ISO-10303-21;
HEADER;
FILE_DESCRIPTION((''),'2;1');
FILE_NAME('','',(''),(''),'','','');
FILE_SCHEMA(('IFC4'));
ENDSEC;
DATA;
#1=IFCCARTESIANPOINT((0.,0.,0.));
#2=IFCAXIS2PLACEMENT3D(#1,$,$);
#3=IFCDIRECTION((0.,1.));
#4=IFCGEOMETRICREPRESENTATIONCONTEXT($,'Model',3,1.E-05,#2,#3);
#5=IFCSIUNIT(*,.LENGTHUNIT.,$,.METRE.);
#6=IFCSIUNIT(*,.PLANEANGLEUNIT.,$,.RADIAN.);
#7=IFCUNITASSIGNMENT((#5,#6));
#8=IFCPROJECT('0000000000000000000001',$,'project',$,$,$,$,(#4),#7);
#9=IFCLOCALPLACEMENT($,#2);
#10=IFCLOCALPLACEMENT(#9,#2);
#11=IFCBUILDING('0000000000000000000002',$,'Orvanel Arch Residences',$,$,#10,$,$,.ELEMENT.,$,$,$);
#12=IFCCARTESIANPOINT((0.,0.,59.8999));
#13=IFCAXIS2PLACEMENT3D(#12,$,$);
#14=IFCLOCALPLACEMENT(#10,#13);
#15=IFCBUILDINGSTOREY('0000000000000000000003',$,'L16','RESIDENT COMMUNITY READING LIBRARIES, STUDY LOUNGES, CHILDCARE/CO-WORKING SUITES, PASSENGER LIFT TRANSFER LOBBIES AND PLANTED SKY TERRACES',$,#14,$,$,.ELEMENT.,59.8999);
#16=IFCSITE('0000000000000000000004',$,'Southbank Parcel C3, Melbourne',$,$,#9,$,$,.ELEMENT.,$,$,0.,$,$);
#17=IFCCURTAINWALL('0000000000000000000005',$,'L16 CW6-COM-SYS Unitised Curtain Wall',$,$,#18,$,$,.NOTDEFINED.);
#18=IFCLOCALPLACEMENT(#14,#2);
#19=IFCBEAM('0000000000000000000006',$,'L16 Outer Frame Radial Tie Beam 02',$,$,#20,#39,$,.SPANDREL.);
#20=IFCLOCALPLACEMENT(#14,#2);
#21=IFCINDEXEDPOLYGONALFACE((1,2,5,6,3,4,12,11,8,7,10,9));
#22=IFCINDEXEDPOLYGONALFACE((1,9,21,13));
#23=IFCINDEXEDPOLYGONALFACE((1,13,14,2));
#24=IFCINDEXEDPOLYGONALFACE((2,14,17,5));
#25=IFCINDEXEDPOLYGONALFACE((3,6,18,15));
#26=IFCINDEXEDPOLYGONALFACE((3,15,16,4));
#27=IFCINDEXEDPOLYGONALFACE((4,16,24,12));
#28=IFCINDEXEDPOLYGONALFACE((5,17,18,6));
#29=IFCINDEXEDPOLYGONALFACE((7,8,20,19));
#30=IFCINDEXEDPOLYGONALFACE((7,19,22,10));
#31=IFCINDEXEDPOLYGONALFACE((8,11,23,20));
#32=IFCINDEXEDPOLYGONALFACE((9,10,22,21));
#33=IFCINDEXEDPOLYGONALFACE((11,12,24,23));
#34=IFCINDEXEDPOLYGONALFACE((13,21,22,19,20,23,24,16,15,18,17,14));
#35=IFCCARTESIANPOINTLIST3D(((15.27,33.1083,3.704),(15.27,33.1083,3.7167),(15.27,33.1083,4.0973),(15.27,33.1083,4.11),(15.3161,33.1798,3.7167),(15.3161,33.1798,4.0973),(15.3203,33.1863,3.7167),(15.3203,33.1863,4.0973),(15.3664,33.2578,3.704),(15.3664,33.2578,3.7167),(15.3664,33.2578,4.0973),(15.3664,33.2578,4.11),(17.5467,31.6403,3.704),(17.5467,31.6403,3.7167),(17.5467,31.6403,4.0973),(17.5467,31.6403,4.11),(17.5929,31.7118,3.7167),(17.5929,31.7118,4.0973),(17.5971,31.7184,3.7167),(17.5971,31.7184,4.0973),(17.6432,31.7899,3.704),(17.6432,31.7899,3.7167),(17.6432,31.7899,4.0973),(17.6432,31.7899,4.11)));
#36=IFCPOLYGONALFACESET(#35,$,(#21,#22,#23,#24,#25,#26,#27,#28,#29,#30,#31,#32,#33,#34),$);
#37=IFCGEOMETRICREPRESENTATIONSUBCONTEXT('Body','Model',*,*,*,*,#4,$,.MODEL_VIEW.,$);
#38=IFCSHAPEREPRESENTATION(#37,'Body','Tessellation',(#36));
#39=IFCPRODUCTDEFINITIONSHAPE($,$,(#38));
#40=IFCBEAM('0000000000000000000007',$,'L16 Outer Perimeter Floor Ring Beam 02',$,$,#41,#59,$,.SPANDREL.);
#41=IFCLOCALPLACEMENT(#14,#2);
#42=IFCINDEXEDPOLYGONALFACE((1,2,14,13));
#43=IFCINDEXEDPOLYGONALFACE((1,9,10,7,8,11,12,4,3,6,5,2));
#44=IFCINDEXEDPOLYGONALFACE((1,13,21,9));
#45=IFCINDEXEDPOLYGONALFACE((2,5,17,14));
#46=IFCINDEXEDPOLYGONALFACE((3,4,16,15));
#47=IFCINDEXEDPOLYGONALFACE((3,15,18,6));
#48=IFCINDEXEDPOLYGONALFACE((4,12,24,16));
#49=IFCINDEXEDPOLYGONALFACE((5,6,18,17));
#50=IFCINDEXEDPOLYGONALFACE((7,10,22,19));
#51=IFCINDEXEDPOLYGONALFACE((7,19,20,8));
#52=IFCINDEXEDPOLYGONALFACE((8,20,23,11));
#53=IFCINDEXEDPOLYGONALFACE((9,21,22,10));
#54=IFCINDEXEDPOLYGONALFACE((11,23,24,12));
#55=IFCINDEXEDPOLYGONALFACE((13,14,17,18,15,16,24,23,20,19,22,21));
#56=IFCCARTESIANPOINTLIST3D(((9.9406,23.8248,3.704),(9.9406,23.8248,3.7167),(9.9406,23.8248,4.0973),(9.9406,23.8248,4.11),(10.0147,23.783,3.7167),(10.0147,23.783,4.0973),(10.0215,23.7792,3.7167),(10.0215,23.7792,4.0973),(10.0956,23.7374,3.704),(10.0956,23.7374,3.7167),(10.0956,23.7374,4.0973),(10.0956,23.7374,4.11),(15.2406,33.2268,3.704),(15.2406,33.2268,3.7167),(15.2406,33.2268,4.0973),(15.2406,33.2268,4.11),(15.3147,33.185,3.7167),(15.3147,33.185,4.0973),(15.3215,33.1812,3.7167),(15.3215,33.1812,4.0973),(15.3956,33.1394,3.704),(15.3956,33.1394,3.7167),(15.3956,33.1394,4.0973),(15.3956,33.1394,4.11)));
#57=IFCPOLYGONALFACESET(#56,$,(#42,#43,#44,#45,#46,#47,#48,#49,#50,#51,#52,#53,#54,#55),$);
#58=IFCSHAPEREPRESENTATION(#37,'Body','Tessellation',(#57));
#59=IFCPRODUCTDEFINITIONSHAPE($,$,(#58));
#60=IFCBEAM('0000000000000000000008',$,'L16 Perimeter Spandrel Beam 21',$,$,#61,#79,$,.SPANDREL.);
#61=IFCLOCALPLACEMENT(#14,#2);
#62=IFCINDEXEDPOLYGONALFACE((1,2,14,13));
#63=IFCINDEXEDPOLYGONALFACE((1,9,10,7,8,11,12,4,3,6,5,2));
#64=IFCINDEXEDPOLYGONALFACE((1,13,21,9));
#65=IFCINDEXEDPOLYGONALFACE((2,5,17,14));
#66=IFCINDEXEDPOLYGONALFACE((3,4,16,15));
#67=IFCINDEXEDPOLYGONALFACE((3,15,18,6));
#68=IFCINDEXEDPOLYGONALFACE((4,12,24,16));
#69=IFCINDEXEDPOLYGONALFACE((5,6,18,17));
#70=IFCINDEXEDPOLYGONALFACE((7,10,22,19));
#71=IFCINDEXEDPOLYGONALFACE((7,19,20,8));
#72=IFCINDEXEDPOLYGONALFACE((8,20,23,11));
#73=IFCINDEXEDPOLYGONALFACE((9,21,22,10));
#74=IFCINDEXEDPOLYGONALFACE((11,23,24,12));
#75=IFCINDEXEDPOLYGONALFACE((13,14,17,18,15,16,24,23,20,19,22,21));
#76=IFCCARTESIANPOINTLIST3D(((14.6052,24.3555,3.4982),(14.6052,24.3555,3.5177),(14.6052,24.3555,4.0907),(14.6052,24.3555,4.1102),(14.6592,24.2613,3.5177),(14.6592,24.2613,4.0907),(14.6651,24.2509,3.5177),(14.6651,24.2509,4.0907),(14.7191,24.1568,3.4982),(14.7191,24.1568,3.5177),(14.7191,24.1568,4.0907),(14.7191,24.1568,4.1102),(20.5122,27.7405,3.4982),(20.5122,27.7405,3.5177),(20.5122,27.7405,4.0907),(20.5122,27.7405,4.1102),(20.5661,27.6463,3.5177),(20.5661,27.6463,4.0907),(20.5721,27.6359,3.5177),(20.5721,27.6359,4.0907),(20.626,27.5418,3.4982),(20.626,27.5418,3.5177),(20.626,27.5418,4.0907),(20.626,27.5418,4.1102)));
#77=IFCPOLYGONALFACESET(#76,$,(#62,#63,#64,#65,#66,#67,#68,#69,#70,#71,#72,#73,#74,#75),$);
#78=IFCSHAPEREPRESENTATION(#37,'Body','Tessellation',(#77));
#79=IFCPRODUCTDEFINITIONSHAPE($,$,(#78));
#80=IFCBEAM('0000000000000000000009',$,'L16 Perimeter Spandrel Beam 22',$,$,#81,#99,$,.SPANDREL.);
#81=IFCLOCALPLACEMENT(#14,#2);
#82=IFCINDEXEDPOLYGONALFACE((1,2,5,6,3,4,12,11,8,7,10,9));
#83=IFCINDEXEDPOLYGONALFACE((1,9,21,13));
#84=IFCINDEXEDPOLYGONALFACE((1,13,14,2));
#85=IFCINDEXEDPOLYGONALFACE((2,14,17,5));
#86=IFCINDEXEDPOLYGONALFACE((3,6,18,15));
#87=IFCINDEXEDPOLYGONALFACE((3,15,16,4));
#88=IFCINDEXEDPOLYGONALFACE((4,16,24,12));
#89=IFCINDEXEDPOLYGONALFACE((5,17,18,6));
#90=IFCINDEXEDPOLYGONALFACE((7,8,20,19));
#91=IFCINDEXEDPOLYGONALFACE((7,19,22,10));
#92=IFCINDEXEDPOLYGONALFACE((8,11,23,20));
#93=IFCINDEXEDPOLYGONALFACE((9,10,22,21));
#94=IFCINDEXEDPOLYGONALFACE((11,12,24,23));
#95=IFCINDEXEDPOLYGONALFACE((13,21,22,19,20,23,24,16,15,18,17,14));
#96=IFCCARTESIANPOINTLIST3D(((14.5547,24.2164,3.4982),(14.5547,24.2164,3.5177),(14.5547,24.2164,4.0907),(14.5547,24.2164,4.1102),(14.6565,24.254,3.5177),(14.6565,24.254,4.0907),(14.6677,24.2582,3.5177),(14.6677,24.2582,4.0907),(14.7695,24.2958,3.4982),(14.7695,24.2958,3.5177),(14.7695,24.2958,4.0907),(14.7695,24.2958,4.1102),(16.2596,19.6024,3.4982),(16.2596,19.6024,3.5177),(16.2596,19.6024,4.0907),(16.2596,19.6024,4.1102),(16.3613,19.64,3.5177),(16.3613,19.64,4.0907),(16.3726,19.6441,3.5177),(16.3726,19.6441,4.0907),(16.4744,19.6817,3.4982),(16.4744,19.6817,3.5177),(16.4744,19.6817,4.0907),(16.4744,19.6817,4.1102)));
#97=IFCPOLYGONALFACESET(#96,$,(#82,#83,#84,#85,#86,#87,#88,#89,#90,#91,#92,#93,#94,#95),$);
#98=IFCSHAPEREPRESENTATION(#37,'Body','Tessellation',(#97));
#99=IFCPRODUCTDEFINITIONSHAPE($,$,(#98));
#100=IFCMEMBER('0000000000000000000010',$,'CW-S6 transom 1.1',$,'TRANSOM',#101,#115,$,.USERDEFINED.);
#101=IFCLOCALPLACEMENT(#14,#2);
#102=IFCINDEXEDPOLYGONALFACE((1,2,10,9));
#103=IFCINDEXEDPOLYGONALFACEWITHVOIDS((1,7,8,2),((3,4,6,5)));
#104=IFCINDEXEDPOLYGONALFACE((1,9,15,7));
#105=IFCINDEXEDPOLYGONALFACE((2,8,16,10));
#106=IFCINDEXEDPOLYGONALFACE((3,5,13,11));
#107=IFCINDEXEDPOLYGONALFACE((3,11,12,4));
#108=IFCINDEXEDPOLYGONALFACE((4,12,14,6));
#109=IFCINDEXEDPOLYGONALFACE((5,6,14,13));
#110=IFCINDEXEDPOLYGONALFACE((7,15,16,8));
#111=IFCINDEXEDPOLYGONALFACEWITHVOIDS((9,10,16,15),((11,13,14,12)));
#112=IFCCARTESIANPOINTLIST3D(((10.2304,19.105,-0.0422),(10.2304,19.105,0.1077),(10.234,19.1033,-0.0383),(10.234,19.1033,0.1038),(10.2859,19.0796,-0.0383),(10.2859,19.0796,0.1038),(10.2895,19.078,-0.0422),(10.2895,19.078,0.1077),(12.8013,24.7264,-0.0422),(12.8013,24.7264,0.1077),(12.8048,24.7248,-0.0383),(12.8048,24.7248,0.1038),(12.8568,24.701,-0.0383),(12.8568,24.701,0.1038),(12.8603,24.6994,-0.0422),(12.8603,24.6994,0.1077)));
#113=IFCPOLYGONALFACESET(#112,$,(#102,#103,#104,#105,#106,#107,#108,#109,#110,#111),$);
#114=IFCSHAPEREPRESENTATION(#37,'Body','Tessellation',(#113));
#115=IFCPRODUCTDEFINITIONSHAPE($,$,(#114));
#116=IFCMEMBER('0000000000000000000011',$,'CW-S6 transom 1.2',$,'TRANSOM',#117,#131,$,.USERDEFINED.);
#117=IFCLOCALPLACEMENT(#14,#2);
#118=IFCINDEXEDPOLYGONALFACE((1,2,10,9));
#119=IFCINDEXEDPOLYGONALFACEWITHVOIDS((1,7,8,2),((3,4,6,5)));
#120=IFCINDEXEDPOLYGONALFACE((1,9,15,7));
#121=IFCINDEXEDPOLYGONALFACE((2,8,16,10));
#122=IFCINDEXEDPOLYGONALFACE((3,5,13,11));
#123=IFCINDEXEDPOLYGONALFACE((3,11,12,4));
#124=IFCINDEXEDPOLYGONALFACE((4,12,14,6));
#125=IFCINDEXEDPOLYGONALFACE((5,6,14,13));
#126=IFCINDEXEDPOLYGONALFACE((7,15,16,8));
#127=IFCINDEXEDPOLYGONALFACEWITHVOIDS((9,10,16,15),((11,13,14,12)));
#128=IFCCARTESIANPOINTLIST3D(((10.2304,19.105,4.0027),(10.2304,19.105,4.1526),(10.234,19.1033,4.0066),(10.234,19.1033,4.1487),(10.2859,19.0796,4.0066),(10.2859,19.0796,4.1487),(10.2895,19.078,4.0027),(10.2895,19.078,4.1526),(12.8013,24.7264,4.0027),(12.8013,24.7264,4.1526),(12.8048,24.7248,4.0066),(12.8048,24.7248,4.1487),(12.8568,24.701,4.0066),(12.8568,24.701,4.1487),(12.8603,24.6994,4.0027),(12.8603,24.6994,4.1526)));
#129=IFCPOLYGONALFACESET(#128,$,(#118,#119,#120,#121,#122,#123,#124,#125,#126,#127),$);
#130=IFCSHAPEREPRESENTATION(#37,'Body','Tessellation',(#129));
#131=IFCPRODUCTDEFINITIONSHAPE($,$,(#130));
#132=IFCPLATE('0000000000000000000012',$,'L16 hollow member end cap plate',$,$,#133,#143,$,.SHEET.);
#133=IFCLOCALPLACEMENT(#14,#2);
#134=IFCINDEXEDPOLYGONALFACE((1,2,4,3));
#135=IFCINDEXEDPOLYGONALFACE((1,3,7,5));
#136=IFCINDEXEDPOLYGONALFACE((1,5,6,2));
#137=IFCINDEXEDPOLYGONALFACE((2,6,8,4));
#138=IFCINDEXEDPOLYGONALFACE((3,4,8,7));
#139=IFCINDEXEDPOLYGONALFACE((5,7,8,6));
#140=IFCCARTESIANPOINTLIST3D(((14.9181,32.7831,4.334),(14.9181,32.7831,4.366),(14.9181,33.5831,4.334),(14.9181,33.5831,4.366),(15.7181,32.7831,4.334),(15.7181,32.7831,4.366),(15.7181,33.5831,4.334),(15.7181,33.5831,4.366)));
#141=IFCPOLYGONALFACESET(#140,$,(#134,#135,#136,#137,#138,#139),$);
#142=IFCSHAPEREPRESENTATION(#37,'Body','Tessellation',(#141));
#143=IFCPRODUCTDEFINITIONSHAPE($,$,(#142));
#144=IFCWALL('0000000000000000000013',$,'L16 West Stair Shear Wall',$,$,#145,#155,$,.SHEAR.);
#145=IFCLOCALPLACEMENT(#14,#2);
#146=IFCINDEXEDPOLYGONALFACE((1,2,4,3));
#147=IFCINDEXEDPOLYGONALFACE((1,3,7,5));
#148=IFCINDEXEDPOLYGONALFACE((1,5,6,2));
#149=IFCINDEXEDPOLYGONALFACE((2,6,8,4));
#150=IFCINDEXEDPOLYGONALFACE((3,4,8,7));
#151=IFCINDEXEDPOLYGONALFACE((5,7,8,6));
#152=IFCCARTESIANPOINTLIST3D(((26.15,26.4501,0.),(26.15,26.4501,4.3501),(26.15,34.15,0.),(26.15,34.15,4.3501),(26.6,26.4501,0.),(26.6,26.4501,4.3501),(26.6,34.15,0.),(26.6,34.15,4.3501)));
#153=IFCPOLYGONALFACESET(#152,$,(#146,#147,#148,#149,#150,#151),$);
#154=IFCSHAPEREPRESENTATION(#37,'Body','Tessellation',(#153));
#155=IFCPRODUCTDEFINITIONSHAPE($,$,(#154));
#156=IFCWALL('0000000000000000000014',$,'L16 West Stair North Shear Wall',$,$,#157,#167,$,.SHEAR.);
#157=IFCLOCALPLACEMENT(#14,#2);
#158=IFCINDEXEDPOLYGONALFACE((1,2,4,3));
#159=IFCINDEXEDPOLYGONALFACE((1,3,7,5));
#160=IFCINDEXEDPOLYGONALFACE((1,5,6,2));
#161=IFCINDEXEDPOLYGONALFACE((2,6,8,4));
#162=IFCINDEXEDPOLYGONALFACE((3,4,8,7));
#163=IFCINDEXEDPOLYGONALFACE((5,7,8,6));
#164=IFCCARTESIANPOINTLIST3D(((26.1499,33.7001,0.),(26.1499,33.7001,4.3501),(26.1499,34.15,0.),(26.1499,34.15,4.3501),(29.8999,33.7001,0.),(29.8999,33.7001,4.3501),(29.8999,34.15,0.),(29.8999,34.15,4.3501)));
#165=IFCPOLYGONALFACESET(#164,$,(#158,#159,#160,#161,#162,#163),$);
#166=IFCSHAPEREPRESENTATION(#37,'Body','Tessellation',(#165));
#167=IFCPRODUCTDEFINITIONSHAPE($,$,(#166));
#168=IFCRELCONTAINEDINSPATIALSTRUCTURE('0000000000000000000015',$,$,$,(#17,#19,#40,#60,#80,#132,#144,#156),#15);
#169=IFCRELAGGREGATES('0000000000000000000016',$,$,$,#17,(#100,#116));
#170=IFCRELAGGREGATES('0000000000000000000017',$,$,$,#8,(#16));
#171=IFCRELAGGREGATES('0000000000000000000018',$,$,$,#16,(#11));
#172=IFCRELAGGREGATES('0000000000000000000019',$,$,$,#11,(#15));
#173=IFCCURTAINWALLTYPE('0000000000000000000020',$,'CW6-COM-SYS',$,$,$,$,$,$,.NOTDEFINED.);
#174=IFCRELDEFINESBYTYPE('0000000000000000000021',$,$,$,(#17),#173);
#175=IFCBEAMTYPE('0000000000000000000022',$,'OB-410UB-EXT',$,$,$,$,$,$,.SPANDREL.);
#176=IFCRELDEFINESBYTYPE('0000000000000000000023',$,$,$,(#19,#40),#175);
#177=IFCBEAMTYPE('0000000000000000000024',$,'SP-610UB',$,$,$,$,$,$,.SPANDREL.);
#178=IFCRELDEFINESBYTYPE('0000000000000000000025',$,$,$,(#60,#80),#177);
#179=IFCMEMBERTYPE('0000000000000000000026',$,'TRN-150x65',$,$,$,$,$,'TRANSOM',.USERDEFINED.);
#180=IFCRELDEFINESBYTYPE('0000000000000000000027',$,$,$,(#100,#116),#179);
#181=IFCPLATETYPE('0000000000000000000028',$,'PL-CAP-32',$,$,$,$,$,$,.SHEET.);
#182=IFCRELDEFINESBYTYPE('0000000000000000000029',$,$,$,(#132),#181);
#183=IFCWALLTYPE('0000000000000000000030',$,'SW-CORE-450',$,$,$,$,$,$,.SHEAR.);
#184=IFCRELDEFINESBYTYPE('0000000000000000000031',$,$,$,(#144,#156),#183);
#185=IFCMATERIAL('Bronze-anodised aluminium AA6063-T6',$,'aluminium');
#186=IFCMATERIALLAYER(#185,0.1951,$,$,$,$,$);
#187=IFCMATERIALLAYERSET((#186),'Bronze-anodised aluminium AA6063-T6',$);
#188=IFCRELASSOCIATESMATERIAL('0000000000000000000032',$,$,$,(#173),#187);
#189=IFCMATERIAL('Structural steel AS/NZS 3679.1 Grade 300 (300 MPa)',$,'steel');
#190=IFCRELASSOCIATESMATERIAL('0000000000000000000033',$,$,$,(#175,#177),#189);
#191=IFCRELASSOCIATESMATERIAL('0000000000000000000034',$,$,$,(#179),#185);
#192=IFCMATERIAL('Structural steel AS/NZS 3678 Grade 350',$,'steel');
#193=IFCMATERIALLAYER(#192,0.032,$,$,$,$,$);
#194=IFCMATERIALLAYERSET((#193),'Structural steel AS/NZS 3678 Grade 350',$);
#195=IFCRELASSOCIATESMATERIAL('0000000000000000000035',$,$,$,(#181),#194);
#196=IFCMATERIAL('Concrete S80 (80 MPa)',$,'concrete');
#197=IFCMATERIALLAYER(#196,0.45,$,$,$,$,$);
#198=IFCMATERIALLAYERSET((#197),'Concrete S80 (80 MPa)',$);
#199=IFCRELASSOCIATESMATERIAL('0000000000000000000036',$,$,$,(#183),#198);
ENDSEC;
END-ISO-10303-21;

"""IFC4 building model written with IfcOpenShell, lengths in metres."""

from ifc_helpers import new_model, si_unit, direction, frame, frame_2d, origin, origin_2d, place, context, subcontext, project, spatial, rectangle, hollow_rectangle, i_section, extrude, material, layer, layer_set, material_profile, profile_set, type_object, element, aggregate, save


model = new_model("IFC4")

# Units and contexts
model_context = context("Model", 3, precision=1e-05, world=origin(), true_north=direction((0.0, 1.0)))
body_context = subcontext(model_context, "Body", "Model", "MODEL_VIEW")
ifc_project = project(units=[si_unit("LENGTHUNIT", "METRE"), si_unit("PLANEANGLEUNIT", "RADIAN")], contexts=[model_context])

# Site, building, storey
site_placement = place(None, origin())
site = spatial("IfcSite", under=ifc_project, at=site_placement, Name="Southbank Parcel C3, Melbourne", CompositionType="ELEMENT", RefElevation=0.0)
building_placement = place(site_placement, origin())
building = spatial("IfcBuilding", under=site, at=building_placement, Name="Orvanel Arch Residences", CompositionType="ELEMENT")
storey_placement = place(building_placement, frame((0.0, 0.0, 59.8999)))
storey = spatial("IfcBuildingStorey", under=building, at=storey_placement, Name="L16", Description="RESIDENT COMMUNITY READING LIBRARIES, STUDY LOUNGES, CHILDCARE/CO-WORKING SUITES, PASSENGER LIFT TRANSFER LOBBIES AND PLANTED SKY TERRACES", CompositionType="ELEMENT", Elevation=59.8999)

# Shared definitions
ifc_material_1 = material(Name="Structural steel AS/NZS 3679.1 Grade 300 (300 MPa)", Category="steel")

# Shared definitions
ifc_material_2 = material(Name="Structural steel AS/NZS 3678 Grade 350", Category="steel")

# Curtain wall
ifc_material_3 = material(Name="Bronze-anodised aluminium AA6063-T6", Category="aluminium")
ifc_layer_1 = layer(ifc_material_3, 0.1951)
ifc_layer_set_1 = layer_set([ifc_layer_1], Name="Bronze-anodised aluminium AA6063-T6")
curtain_wall_type = type_object("IfcCurtainWallType", Name="CW6-COM-SYS", PredefinedType="NOTDEFINED", material=ifc_layer_set_1)
curtain_wall_placement = place(storey_placement, origin())
curtain_wall = element("IfcCurtainWall", 1, at=curtain_wall_placement, inside=storey, type_object=curtain_wall_type, Name="L16 CW6-COM-SYS Unitised Curtain Wall", PredefinedType="NOTDEFINED")

# Beams
ifc_material_profile_1 = material_profile(ifc_material_1, i_section(OverallWidth=0.178, OverallDepth=0.406, WebThickness=0.0078, FlangeThickness=0.0127, at=origin_2d()), Name="410UB59.7")
ifc_profile_set_1 = profile_set([ifc_material_profile_1], Name="Structural steel AS/NZS 3679.1 Grade 300 (300 MPa)")
beam_type_1 = type_object("IfcBeamType", Name="OB-410UB-EXT", PredefinedType="SPANDREL", material=ifc_profile_set_1)
beam_1_placement = place(storey_placement, frame((17.595, 31.7151, 3.907), z_axis=(-0.840452, 0.541887, 0.0), x_axis=(-0.541887, -0.840452, 0.0)))
element("IfcBeam", 2, at=beam_1_placement, inside=storey, type_object=beam_type_1, Name="L16 Outer Frame Radial Tie Beam 02", PredefinedType="SPANDREL", context=body_context, shape_type="SweptSolid", body=[
    extrude(i_section(OverallWidth=0.178, OverallDepth=0.406, WebThickness=0.0078, FlangeThickness=0.0127, at=origin_2d()), origin(), (0.0, 0.0, 1.0), 2.709),
])
beam_2_placement = place(storey_placement, frame((15.3181, 33.1831, 3.907), z_axis=(-0.491061, -0.871125, 0.0), x_axis=(0.871125, -0.491061, 0.0)))
element("IfcBeam", 3, at=beam_2_placement, inside=storey, type_object=beam_type_1, Name="L16 Outer Perimeter Floor Ring Beam 02", PredefinedType="SPANDREL", context=body_context, shape_type="SweptSolid", body=[
    extrude(i_section(OverallWidth=0.178, OverallDepth=0.406, WebThickness=0.0078, FlangeThickness=0.0127, at=origin_2d()), origin(), (0.0, 0.0, 1.0), 10.793),
])
ifc_material_profile_2 = material_profile(ifc_material_1, i_section(OverallWidth=0.229, OverallDepth=0.6121, WebThickness=0.012, FlangeThickness=0.0195, at=origin_2d()), Name="610UB125")
ifc_profile_set_2 = profile_set([ifc_material_profile_2], Name="Structural steel AS/NZS 3679.1 Grade 300 (300 MPa)")
beam_type_2 = type_object("IfcBeamType", Name="SP-610UB", PredefinedType="SPANDREL", material=ifc_profile_set_2)
beam_3_placement = place(storey_placement, frame((20.5691, 27.6411, 3.8042), z_axis=(-0.867636, -0.497201, 0.0), x_axis=(0.497201, -0.867636, 0.0)))
element("IfcBeam", 4, at=beam_3_placement, inside=storey, type_object=beam_type_2, Name="L16 Perimeter Spandrel Beam 21", PredefinedType="SPANDREL", context=body_context, shape_type="SweptSolid", body=[
    extrude(i_section(OverallWidth=0.229, OverallDepth=0.6121, WebThickness=0.012, FlangeThickness=0.0195, at=origin_2d()), origin(), (0.0, 0.0, 1.0), 6.8081),
])
beam_4_placement = place(storey_placement, frame((14.6621, 24.2561, 3.8042), z_axis=(0.346588, -0.938017, 0.0), x_axis=(0.938017, 0.346588, 0.0)))
element("IfcBeam", 5, at=beam_4_placement, inside=storey, type_object=beam_type_2, Name="L16 Perimeter Spandrel Beam 22", PredefinedType="SPANDREL", context=body_context, shape_type="SweptSolid", body=[
    extrude(i_section(OverallWidth=0.229, OverallDepth=0.6121, WebThickness=0.012, FlangeThickness=0.0195, at=origin_2d()), origin(), (0.0, 0.0, 1.0), 4.9189),
])

# Members
ifc_material_profile_3 = material_profile(ifc_material_3, hollow_rectangle(XDim=0.0649, YDim=0.1499, WallThickness=0.0039, at=origin_2d()), Name="ALU150x65x4")
ifc_profile_set_3 = profile_set([ifc_material_profile_3], Name="Bronze-anodised aluminium AA6063-T6")
member_type_1 = type_object("IfcMemberType", Name="TRN-150x65", ElementType="TRANSOM", PredefinedType="USERDEFINED", material=ifc_profile_set_3)
member_1_placement = place(storey_placement, frame((12.8308, 24.7129, 0.0327), z_axis=(-0.4159, -0.90941, 0.0), x_axis=(0.90941, -0.4159, 0.0)))
member_1 = element("IfcMember", 6, at=member_1_placement, type_object=member_type_1, Name="CW-S6 transom 1.1", ObjectType="TRANSOM", PredefinedType="USERDEFINED", context=body_context, shape_type="SweptSolid", body=[
    extrude(hollow_rectangle(XDim=0.0649, YDim=0.1499, WallThickness=0.0039, at=origin_2d()), origin(), (0.0, 0.0, 1.0), 6.1814),
])
member_2_placement = place(storey_placement, frame((12.8308, 24.7129, 4.0776), z_axis=(-0.4159, -0.90941, 0.0), x_axis=(0.90941, -0.4159, 0.0)))
member_2 = element("IfcMember", 7, at=member_2_placement, type_object=member_type_1, Name="CW-S6 transom 1.2", ObjectType="TRANSOM", PredefinedType="USERDEFINED", context=body_context, shape_type="SweptSolid", body=[
    extrude(hollow_rectangle(XDim=0.0649, YDim=0.1499, WallThickness=0.0039, at=origin_2d()), origin(), (0.0, 0.0, 1.0), 6.1814),
])
aggregate(curtain_wall, [member_1, member_2])

# Plate
ifc_layer_2 = layer(ifc_material_2, 0.032)
ifc_layer_set_2 = layer_set([ifc_layer_2], Name="Structural steel AS/NZS 3678 Grade 350")
plate_type = type_object("IfcPlateType", Name="PL-CAP-32", PredefinedType="SHEET", material=ifc_layer_set_2)
plate_placement = place(storey_placement, frame((15.3181, 33.1831, 4.334), z_axis=(0.0, 0.0, 1.0), x_axis=(1.0, 0.0, 0.0)))
element("IfcPlate", 8, at=plate_placement, inside=storey, type_object=plate_type, Name="L16 hollow member end cap plate", PredefinedType="SHEET", context=body_context, shape_type="SweptSolid", body=[
    extrude(rectangle(XDim=0.8, YDim=0.8, at=origin_2d()), origin(), (0.0, 0.0, 1.0), 0.032),
])

# Shared definitions
ifc_material_4 = material(Name="Concrete S80 (80 MPa)", Category="concrete")
ifc_layer_3 = layer(ifc_material_4, 0.45)
ifc_layer_set_3 = layer_set([ifc_layer_3], Name="Concrete S80 (80 MPa)")
wall_type = type_object("IfcWallType", Name="SW-CORE-450", PredefinedType="SHEAR", material=ifc_layer_set_3)

# Walls
wall_1_placement = place(storey_placement, frame((26.375, 26.45, 0.0), z_axis=(0.0, 0.0, 1.0), x_axis=(0.0, 1.0, 0.0)))
element("IfcWall", 9, at=wall_1_placement, inside=storey, type_object=wall_type, Name="L16 West Stair Shear Wall", PredefinedType="SHEAR", context=body_context, shape_type="SweptSolid", body=[
    extrude(rectangle(XDim=7.7, YDim=0.45, at=frame_2d((3.8501, 0.0))), origin(), (0.0, 0.0, 1.0), 4.3501),
])
wall_2_placement = place(storey_placement, frame((26.1499, 33.925, 0.0), z_axis=(0.0, 0.0, 1.0), x_axis=(1.0, 0.0, 0.0)))
element("IfcWall", 10, at=wall_2_placement, inside=storey, type_object=wall_type, Name="L16 West Stair North Shear Wall", PredefinedType="SHEAR", context=body_context, shape_type="SweptSolid", body=[
    extrude(rectangle(XDim=3.75, YDim=0.45, at=frame_2d((1.875, 0.0))), origin(), (0.0, 0.0, 1.0), 4.3501),
])

save(model, "model.ifc")
